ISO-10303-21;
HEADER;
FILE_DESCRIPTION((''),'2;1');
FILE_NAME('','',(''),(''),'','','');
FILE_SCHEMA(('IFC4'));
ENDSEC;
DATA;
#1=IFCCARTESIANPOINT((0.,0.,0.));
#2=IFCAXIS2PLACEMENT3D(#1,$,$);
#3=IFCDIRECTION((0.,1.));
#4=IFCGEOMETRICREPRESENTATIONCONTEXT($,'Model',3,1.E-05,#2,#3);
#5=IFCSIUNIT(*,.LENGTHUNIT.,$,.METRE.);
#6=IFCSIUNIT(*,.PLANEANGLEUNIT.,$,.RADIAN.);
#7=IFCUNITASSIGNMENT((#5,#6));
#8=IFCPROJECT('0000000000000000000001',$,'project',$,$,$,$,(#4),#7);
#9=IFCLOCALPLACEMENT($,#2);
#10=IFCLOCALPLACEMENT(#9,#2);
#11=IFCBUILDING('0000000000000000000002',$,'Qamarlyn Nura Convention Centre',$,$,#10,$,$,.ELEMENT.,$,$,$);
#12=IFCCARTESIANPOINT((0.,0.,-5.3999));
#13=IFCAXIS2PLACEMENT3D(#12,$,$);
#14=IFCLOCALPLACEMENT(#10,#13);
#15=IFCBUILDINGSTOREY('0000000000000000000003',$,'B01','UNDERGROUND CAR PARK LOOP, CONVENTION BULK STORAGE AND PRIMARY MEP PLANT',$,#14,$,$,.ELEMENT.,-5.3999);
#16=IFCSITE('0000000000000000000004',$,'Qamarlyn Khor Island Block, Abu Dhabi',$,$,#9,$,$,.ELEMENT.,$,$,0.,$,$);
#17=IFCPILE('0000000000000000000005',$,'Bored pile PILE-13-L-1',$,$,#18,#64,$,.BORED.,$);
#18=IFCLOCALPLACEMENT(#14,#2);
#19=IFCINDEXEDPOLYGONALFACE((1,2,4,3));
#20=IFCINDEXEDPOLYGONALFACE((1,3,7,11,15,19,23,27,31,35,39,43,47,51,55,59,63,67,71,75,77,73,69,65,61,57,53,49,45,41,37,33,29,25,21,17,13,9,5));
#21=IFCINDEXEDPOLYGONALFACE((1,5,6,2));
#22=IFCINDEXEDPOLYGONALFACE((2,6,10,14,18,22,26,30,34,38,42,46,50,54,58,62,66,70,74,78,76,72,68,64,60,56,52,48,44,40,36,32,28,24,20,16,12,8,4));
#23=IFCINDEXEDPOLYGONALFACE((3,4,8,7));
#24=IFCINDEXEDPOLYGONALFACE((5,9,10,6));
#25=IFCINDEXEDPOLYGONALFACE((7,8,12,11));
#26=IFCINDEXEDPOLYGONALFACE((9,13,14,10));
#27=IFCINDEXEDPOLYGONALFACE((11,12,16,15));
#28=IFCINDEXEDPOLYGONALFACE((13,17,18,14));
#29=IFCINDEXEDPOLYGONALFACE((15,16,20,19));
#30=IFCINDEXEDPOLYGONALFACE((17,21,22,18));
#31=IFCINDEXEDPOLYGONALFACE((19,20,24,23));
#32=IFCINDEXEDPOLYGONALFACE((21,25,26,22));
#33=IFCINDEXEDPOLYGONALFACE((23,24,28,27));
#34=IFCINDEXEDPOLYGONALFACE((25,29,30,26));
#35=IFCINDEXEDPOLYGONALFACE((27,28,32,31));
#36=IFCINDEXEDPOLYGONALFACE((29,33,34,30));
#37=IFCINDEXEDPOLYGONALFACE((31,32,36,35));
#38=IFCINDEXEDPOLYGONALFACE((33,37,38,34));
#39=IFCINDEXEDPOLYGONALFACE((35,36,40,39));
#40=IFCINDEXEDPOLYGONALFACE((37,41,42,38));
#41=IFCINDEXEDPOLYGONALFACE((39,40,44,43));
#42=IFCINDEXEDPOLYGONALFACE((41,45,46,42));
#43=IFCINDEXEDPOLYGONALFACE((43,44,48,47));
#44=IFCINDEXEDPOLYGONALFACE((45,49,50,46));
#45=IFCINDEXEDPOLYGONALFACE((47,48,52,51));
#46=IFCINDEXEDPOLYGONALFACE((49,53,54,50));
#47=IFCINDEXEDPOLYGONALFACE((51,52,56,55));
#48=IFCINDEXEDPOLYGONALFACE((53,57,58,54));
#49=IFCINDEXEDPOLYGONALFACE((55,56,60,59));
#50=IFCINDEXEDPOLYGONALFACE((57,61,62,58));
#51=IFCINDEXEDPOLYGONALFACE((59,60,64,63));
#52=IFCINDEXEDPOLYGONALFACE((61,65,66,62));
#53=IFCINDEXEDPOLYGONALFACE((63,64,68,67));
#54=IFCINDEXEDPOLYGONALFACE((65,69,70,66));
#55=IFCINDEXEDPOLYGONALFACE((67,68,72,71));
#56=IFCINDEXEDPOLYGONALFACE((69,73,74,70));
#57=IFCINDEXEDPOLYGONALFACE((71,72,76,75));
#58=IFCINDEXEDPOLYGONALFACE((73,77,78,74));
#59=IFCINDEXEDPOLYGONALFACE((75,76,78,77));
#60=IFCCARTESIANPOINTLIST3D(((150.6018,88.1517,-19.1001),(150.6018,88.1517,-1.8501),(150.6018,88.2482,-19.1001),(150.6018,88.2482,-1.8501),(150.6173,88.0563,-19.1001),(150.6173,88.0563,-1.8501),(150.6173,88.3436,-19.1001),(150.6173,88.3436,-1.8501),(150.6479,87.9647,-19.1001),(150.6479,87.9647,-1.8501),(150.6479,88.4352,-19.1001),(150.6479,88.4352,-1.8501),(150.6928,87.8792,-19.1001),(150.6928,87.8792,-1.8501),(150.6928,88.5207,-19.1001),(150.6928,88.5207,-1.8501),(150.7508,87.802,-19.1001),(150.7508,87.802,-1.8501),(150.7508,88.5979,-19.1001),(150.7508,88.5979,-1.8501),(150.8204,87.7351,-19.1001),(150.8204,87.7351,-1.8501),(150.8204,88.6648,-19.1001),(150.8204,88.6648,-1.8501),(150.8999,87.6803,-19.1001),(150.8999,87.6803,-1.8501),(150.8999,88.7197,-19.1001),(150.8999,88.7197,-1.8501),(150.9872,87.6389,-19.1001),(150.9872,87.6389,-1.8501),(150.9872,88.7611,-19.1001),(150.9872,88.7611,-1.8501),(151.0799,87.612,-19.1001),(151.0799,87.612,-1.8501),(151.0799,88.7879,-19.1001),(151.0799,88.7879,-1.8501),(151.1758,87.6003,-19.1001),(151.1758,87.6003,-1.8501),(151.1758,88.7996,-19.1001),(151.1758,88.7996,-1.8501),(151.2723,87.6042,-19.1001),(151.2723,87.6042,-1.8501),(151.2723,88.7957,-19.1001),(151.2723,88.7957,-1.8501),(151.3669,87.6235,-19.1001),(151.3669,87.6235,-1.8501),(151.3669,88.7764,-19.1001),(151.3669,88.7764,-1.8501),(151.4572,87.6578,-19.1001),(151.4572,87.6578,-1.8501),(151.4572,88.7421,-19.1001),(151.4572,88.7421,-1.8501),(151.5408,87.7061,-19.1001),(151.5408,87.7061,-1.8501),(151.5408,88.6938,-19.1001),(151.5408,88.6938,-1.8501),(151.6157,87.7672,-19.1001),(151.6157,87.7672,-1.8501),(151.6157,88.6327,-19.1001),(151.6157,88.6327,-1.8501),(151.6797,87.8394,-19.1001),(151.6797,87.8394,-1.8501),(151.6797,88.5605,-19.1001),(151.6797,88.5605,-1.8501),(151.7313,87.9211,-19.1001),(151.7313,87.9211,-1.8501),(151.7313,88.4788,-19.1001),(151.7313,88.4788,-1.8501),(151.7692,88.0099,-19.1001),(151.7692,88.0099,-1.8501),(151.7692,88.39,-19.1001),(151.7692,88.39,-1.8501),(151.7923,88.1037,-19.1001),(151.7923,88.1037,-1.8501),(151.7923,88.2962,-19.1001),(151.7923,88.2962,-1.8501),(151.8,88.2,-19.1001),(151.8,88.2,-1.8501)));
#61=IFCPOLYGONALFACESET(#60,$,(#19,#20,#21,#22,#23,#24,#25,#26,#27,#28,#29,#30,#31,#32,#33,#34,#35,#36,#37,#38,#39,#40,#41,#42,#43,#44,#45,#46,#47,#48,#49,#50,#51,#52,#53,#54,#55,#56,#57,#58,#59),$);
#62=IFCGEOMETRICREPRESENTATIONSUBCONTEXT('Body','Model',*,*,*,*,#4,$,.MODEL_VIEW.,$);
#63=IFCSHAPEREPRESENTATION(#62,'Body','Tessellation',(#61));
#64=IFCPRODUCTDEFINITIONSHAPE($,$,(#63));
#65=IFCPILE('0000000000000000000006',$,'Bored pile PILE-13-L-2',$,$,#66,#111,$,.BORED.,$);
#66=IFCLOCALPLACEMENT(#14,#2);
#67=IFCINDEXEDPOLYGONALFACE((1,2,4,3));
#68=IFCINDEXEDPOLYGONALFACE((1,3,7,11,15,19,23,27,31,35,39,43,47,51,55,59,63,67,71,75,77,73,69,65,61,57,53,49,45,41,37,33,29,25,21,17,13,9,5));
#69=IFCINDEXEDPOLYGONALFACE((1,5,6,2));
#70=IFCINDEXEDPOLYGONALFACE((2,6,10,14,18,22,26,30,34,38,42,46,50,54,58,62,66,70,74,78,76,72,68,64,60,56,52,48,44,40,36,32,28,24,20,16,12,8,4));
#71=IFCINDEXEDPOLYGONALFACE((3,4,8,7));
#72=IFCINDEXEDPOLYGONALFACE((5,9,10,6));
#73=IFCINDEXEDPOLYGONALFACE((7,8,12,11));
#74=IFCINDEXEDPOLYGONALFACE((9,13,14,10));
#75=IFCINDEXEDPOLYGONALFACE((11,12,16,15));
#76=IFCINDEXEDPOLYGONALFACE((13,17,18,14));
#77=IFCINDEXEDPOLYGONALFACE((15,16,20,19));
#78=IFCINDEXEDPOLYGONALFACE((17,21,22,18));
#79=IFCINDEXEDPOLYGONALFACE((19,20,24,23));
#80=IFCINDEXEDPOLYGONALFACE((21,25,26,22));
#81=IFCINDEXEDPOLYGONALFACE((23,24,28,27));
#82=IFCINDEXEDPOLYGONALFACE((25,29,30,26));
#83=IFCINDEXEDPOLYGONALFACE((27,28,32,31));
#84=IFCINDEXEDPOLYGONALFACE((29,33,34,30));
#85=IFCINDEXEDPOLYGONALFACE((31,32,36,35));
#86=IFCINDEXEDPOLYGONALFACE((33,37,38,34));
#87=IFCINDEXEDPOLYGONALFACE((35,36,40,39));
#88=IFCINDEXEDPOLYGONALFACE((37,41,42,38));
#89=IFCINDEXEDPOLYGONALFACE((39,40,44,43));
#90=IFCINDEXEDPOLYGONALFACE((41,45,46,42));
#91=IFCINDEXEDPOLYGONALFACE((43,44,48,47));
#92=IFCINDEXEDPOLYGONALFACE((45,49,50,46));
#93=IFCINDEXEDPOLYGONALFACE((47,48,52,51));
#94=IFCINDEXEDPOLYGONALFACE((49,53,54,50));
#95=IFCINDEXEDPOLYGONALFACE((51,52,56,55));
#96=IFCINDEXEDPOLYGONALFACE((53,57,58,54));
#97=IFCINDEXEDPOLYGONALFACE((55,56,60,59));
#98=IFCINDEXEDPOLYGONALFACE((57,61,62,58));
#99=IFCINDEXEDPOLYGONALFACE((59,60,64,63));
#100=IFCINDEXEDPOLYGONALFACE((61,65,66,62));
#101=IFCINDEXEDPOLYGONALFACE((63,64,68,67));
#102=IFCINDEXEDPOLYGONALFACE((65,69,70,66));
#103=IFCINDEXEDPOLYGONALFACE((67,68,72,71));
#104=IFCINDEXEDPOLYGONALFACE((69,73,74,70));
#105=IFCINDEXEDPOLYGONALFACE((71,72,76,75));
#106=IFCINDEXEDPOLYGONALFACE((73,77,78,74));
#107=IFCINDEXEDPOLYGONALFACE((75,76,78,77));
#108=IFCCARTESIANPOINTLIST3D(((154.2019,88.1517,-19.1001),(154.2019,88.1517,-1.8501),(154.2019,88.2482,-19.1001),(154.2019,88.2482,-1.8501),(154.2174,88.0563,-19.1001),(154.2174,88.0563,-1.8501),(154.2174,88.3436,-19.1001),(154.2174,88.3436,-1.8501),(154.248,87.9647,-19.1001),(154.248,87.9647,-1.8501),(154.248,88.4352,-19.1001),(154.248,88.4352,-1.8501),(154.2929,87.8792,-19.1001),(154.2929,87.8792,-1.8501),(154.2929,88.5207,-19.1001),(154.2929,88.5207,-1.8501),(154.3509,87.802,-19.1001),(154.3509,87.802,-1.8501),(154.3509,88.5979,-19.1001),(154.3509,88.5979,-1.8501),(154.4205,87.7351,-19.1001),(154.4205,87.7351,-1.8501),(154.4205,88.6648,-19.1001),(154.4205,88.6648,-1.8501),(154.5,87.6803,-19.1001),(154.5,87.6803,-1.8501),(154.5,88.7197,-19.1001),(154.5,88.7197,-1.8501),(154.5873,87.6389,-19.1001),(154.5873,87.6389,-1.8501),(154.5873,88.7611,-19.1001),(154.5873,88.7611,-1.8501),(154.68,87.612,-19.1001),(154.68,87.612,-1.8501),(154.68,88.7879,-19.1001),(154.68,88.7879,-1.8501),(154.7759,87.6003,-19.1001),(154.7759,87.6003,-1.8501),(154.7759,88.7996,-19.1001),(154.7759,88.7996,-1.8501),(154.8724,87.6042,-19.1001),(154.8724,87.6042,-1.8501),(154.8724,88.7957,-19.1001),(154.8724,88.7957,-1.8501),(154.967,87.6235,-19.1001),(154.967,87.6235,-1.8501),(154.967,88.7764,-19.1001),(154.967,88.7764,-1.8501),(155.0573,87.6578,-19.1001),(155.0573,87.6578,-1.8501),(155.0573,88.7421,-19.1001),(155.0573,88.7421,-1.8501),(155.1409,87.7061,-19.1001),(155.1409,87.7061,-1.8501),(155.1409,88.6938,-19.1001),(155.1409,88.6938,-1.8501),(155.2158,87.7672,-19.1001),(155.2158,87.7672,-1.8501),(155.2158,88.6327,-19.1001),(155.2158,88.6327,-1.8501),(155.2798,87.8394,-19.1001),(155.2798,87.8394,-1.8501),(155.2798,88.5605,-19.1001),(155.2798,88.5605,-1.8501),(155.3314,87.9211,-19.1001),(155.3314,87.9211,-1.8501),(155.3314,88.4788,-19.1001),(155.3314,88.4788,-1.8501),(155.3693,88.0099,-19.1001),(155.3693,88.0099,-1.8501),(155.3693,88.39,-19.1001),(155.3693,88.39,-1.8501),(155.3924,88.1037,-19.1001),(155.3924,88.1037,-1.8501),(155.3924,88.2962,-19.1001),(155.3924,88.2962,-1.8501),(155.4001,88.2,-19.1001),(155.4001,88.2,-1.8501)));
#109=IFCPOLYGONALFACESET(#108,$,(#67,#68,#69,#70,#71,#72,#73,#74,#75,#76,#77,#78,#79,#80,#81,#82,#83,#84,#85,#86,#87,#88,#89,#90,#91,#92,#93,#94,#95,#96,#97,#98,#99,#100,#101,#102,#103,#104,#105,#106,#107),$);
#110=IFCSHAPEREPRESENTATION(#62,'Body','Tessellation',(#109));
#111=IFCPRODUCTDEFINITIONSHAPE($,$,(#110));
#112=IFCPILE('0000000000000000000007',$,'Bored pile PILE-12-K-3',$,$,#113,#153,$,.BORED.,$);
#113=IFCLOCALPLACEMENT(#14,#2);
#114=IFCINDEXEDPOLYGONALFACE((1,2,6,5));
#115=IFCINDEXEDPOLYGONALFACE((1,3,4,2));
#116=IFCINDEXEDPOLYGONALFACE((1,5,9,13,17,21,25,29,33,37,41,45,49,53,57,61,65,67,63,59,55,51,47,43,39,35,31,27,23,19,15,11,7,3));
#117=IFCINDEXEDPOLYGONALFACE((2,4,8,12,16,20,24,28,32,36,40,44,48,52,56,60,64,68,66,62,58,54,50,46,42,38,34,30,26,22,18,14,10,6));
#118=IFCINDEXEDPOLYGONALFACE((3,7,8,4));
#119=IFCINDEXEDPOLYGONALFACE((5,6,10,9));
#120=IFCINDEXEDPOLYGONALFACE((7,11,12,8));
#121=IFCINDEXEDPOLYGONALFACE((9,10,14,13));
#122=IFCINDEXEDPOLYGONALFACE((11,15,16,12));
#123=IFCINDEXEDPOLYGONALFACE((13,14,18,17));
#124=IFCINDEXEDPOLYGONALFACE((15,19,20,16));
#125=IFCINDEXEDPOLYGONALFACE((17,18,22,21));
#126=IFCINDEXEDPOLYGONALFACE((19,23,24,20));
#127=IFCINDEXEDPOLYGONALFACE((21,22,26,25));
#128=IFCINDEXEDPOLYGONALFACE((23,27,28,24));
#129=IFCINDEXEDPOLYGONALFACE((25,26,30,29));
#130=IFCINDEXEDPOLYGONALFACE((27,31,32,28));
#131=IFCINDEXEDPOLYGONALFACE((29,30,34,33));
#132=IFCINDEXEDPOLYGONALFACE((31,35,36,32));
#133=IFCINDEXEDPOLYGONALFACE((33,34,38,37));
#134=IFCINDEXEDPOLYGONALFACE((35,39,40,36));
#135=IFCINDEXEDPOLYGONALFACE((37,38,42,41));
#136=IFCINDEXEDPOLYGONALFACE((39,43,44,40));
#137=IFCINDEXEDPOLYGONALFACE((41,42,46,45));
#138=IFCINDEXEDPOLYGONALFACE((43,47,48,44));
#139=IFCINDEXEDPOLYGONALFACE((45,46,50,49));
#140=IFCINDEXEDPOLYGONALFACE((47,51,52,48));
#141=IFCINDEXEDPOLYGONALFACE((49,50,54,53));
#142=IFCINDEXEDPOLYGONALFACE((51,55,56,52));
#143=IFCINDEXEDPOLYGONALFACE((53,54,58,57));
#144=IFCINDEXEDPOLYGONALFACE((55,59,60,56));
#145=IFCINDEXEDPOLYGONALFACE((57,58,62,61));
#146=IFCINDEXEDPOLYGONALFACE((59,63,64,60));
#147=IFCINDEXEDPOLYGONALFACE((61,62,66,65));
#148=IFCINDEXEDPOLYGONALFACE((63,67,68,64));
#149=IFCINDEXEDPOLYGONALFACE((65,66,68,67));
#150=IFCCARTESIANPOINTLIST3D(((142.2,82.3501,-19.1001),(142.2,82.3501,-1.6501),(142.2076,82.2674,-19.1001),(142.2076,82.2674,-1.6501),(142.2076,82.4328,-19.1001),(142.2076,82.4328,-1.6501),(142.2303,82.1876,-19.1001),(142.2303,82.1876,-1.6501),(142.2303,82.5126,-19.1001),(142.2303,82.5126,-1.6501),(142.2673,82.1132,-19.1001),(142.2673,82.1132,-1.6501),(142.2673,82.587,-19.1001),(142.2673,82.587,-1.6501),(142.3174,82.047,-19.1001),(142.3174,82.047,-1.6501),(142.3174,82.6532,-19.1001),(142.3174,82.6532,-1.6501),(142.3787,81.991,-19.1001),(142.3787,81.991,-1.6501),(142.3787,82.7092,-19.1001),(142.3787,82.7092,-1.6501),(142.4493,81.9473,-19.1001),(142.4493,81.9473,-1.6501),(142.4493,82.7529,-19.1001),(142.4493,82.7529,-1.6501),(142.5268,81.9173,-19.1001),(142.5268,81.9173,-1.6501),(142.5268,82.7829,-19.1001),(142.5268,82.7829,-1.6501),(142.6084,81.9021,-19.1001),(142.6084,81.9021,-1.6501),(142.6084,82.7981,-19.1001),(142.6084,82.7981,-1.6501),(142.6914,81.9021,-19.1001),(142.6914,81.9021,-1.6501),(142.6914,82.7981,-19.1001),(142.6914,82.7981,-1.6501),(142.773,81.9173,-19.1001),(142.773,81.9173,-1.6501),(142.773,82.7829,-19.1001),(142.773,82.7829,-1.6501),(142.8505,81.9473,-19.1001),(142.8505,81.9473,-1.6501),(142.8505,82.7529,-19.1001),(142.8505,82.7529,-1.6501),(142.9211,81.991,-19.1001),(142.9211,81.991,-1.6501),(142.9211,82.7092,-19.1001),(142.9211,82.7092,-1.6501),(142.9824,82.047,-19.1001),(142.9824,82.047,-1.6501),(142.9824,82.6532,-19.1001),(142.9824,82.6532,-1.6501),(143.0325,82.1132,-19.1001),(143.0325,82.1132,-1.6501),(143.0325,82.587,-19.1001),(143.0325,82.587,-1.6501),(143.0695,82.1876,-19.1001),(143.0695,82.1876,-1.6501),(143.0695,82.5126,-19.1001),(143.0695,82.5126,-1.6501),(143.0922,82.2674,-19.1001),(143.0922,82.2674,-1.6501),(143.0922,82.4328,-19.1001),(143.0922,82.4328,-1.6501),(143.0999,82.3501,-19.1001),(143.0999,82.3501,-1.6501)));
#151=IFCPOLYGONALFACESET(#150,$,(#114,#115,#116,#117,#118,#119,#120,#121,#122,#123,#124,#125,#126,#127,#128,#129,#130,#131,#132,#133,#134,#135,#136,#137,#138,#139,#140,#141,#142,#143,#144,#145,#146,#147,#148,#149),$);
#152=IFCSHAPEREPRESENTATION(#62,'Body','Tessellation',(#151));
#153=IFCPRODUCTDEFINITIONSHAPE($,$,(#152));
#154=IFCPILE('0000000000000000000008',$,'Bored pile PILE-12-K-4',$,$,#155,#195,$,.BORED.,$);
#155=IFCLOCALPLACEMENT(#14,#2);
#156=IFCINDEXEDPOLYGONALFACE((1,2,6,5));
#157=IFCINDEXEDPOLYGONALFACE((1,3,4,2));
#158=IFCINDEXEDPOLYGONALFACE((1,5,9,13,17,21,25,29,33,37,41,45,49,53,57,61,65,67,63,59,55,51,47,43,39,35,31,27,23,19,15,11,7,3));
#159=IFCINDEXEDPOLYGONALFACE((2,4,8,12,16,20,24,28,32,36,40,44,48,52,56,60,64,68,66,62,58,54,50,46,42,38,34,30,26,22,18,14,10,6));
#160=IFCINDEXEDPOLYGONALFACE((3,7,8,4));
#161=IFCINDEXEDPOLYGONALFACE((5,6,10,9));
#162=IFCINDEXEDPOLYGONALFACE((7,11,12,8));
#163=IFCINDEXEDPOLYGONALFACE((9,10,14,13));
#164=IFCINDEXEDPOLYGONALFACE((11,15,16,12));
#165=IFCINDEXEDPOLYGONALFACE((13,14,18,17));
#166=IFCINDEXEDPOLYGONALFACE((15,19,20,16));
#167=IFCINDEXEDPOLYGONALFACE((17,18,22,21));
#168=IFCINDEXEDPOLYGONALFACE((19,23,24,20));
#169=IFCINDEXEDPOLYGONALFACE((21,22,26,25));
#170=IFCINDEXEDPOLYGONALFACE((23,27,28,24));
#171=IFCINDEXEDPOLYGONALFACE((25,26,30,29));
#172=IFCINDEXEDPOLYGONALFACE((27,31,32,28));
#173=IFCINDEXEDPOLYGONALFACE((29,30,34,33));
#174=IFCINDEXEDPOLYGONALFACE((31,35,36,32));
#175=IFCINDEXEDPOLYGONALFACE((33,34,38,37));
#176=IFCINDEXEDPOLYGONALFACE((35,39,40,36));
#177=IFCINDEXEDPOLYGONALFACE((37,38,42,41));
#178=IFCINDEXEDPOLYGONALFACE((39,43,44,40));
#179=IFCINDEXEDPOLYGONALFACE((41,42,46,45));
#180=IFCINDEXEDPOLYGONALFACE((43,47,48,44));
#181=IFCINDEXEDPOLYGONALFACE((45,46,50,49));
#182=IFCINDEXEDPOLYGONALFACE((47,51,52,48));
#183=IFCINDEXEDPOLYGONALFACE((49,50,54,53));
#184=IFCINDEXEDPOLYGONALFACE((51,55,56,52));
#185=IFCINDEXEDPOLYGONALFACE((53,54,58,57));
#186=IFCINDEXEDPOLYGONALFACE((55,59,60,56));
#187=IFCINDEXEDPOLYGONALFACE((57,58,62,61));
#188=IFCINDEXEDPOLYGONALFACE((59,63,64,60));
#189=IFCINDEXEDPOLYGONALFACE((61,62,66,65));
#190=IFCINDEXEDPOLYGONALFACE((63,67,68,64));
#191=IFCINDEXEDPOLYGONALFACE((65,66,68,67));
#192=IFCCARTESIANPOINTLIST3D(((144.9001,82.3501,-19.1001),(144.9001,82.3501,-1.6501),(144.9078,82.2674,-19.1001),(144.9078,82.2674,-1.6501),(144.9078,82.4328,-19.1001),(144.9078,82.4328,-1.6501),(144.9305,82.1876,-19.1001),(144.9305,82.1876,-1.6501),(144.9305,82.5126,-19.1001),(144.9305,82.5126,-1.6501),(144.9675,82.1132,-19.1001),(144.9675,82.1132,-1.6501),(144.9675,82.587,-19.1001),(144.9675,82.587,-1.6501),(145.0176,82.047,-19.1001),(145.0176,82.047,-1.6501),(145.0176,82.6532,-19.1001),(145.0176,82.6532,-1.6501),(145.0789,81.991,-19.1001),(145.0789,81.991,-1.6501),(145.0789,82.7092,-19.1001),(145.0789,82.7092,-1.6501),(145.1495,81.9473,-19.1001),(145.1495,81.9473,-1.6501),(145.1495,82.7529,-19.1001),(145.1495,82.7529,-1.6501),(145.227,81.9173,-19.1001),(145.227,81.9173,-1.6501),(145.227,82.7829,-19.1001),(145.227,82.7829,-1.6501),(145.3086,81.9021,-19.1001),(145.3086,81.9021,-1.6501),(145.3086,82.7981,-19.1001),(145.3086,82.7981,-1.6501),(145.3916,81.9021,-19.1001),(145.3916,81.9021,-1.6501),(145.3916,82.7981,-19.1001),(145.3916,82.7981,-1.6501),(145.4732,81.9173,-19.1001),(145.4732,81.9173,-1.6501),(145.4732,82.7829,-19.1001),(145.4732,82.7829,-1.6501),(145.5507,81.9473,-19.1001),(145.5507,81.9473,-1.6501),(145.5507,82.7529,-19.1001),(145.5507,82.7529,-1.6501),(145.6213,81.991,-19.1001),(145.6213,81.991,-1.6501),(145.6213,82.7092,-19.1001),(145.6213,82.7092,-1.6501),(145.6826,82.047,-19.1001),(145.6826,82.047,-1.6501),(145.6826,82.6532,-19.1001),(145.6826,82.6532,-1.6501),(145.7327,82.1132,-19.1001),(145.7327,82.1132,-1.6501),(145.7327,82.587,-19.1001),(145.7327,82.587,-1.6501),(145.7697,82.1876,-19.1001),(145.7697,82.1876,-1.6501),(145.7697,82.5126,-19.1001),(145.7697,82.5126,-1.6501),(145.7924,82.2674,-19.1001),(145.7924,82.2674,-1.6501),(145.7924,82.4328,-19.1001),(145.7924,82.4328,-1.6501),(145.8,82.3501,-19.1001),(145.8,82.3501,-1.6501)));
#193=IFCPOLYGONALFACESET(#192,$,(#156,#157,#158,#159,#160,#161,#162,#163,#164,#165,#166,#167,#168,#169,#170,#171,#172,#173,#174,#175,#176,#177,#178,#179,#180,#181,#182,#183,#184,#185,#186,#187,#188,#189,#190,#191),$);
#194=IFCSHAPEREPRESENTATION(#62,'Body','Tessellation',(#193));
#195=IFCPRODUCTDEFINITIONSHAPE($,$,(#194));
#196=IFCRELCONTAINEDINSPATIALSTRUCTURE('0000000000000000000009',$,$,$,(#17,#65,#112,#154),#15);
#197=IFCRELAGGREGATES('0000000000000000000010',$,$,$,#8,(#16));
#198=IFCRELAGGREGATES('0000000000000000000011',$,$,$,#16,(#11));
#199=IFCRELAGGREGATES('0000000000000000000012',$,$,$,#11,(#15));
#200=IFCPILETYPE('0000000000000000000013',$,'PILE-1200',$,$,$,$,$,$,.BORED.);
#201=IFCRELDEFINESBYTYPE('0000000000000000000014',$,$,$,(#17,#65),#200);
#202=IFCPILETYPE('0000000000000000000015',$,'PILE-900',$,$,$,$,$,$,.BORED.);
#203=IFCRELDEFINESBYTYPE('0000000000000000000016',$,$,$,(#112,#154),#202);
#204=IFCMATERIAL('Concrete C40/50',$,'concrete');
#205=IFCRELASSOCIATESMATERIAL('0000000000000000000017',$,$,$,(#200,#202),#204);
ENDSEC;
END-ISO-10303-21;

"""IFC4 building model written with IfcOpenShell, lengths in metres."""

from ifc_helpers import new_model, si_unit, direction, frame, origin, origin_2d, place, context, subcontext, project, spatial, circle, extrude, material, material_profile, profile_set, type_object, element, save


model = new_model("IFC4")

# Units and contexts
model_context = context("Model", 3, precision=1e-05, world=origin(), true_north=direction((0.0, 1.0)))
body_context = subcontext(model_context, "Body", "Model", "MODEL_VIEW")
ifc_project = project(units=[si_unit("LENGTHUNIT", "METRE"), si_unit("PLANEANGLEUNIT", "RADIAN")], contexts=[model_context])

# Site, building, storey
site_placement = place(None, origin())
site = spatial("IfcSite", under=ifc_project, at=site_placement, Name="Qamarlyn Khor Island Block, Abu Dhabi", CompositionType="ELEMENT", RefElevation=0.0)
building_placement = place(site_placement, origin())
building = spatial("IfcBuilding", under=site, at=building_placement, Name="Qamarlyn Nura Convention Centre", CompositionType="ELEMENT")
storey_placement = place(building_placement, frame((0.0, 0.0, -5.3999)))
storey = spatial("IfcBuildingStorey", under=building, at=storey_placement, Name="B01", Description="UNDERGROUND CAR PARK LOOP, CONVENTION BULK STORAGE AND PRIMARY MEP PLANT", CompositionType="ELEMENT", Elevation=-5.3999)

# Shared definitions
ifc_material_1 = material(Name="Concrete C40/50", Category="concrete")

# Piles
ifc_material_profile_1 = material_profile(ifc_material_1, circle(Radius=0.6001, at=origin_2d()), Name="BORED PILE 1200")
ifc_profile_set_1 = profile_set([ifc_material_profile_1], Name="Concrete C40/50")
pile_type_1 = type_object("IfcPileType", Name="PILE-1200", PredefinedType="BORED", material=ifc_profile_set_1)
for number, where, z_axis, x_axis, name in (
    (1, (151.2, 88.2, -1.8501), (0.0, 0.0, -1.0), (1.0, 0.0, 0.0), "Bored pile PILE-13-L-1"),
    (2, (154.8, 88.2, -1.8501), (0.0, 0.0, -1.0), (1.0, 0.0, 0.0), "Bored pile PILE-13-L-2"),
):
    element("IfcPile", number, at=place(storey_placement, frame(where, z_axis=z_axis, x_axis=x_axis)), inside=storey, type_object=pile_type_1, Name=name, PredefinedType="BORED", context=body_context, shape_type="SweptSolid", body=[
        extrude(circle(Radius=0.6001, at=origin_2d()), origin(), (0.0, 0.0, 1.0), 17.25),
    ])
ifc_material_profile_2 = material_profile(ifc_material_1, circle(Radius=0.45, at=origin_2d()), Name="BORED PILE 900")
ifc_profile_set_2 = profile_set([ifc_material_profile_2], Name="Concrete C40/50")
pile_type_2 = type_object("IfcPileType", Name="PILE-900", PredefinedType="BORED", material=ifc_profile_set_2)
for number, where, z_axis, x_axis, name in (
    (3, (142.6499, 82.3501, -1.6501), (0.0, 0.0, -1.0), (1.0, 0.0, 0.0), "Bored pile PILE-12-K-3"),
    (4, (145.3501, 82.3501, -1.6501), (0.0, 0.0, -1.0), (1.0, 0.0, 0.0), "Bored pile PILE-12-K-4"),
):
    element("IfcPile", number, at=place(storey_placement, frame(where, z_axis=z_axis, x_axis=x_axis)), inside=storey, type_object=pile_type_2, Name=name, PredefinedType="BORED", context=body_context, shape_type="SweptSolid", body=[
        extrude(circle(Radius=0.45, at=origin_2d()), origin(), (0.0, 0.0, 1.0), 17.45),
    ])

save(model, "model.ifc")
